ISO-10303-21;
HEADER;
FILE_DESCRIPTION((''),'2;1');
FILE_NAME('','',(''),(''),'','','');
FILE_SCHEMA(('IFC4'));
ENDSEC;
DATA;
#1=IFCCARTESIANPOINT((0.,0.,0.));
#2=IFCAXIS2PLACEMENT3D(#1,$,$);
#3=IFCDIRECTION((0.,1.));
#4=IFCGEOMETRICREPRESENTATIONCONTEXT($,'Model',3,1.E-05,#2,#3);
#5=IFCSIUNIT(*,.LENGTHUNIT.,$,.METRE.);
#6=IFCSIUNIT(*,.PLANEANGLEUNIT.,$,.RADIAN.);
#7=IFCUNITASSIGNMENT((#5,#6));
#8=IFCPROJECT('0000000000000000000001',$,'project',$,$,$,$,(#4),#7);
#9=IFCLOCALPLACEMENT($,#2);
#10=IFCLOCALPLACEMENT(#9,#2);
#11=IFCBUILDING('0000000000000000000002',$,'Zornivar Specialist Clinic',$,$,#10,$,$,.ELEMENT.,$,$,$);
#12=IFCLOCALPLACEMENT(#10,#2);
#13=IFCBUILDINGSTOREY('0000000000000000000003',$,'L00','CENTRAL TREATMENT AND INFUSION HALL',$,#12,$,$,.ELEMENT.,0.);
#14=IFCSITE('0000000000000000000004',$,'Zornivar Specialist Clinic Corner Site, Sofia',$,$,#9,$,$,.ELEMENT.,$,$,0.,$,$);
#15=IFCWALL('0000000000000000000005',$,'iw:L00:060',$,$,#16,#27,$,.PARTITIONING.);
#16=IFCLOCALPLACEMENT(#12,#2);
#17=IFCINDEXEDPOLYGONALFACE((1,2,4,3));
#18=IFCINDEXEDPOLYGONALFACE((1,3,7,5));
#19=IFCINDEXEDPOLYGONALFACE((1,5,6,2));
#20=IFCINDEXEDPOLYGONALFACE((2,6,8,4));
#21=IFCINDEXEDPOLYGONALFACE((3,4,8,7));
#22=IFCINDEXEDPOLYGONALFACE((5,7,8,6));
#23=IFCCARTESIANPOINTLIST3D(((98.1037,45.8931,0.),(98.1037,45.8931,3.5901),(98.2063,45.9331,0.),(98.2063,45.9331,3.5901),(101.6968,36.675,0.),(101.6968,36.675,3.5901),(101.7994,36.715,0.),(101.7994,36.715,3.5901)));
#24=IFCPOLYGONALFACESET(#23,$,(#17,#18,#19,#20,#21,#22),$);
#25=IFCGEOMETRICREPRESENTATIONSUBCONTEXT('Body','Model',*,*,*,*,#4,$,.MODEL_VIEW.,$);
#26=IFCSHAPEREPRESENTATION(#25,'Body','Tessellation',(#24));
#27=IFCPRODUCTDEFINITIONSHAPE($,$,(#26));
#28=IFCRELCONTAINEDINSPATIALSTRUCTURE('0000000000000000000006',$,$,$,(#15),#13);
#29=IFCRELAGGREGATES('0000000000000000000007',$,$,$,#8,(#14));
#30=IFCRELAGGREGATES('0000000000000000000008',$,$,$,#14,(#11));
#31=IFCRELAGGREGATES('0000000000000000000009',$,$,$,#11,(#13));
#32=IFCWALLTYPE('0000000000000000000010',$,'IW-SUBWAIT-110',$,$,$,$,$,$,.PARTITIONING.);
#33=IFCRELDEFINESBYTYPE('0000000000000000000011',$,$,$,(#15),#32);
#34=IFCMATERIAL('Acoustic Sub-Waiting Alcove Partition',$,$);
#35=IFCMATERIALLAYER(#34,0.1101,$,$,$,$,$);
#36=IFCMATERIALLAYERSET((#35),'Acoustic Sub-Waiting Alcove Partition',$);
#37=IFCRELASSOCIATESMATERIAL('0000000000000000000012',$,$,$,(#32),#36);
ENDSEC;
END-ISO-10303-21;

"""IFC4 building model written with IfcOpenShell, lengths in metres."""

from ifc_helpers import new_model, si_unit, direction, frame, frame_2d, origin, place, context, subcontext, project, spatial, rectangle, extrude, material, layer, layer_set, type_object, element, save


model = new_model("IFC4")

# Units and contexts
model_context = context("Model", 3, precision=1e-05, world=origin(), true_north=direction((0.0, 1.0)))
body_context = subcontext(model_context, "Body", "Model", "MODEL_VIEW")
ifc_project = project(units=[si_unit("LENGTHUNIT", "METRE"), si_unit("PLANEANGLEUNIT", "RADIAN")], contexts=[model_context])

# Site, building, storey
site_placement = place(None, origin())
site = spatial("IfcSite", under=ifc_project, at=site_placement, Name="Zornivar Specialist Clinic Corner Site, Sofia", CompositionType="ELEMENT", RefElevation=0.0)
building_placement = place(site_placement, origin())
building = spatial("IfcBuilding", under=site, at=building_placement, Name="Zornivar Specialist Clinic", CompositionType="ELEMENT")
storey_placement = place(building_placement, origin())
storey = spatial("IfcBuildingStorey", under=building, at=storey_placement, Name="L00", Description="CENTRAL TREATMENT AND INFUSION HALL", CompositionType="ELEMENT", Elevation=0.0)

# Wall
ifc_material_1 = material(Name="Acoustic Sub-Waiting Alcove Partition")
ifc_layer_1 = layer(ifc_material_1, 0.1101)
ifc_layer_set_1 = layer_set([ifc_layer_1], Name="Acoustic Sub-Waiting Alcove Partition")
wall_type_1 = type_object("IfcWallType", Name="IW-SUBWAIT-110", PredefinedType="PARTITIONING", material=ifc_layer_set_1)
wall_1_placement = place(storey_placement, frame((98.155, 45.9131, 0.0), z_axis=(0.0, 0.0, 1.0), x_axis=(0.363169, -0.931723, 0.0)))
element("IfcWall", 1, at=wall_1_placement, inside=storey, type_object=wall_type_1, Name="iw:L00:060", PredefinedType="PARTITIONING", context=body_context, shape_type="SweptSolid", body=[
    extrude(rectangle(XDim=9.8936, YDim=0.1101, at=frame_2d((4.9468, 0.0))), origin(), (0.0, 0.0, 1.0), 3.5901),
])

save(model, "model.ifc")
